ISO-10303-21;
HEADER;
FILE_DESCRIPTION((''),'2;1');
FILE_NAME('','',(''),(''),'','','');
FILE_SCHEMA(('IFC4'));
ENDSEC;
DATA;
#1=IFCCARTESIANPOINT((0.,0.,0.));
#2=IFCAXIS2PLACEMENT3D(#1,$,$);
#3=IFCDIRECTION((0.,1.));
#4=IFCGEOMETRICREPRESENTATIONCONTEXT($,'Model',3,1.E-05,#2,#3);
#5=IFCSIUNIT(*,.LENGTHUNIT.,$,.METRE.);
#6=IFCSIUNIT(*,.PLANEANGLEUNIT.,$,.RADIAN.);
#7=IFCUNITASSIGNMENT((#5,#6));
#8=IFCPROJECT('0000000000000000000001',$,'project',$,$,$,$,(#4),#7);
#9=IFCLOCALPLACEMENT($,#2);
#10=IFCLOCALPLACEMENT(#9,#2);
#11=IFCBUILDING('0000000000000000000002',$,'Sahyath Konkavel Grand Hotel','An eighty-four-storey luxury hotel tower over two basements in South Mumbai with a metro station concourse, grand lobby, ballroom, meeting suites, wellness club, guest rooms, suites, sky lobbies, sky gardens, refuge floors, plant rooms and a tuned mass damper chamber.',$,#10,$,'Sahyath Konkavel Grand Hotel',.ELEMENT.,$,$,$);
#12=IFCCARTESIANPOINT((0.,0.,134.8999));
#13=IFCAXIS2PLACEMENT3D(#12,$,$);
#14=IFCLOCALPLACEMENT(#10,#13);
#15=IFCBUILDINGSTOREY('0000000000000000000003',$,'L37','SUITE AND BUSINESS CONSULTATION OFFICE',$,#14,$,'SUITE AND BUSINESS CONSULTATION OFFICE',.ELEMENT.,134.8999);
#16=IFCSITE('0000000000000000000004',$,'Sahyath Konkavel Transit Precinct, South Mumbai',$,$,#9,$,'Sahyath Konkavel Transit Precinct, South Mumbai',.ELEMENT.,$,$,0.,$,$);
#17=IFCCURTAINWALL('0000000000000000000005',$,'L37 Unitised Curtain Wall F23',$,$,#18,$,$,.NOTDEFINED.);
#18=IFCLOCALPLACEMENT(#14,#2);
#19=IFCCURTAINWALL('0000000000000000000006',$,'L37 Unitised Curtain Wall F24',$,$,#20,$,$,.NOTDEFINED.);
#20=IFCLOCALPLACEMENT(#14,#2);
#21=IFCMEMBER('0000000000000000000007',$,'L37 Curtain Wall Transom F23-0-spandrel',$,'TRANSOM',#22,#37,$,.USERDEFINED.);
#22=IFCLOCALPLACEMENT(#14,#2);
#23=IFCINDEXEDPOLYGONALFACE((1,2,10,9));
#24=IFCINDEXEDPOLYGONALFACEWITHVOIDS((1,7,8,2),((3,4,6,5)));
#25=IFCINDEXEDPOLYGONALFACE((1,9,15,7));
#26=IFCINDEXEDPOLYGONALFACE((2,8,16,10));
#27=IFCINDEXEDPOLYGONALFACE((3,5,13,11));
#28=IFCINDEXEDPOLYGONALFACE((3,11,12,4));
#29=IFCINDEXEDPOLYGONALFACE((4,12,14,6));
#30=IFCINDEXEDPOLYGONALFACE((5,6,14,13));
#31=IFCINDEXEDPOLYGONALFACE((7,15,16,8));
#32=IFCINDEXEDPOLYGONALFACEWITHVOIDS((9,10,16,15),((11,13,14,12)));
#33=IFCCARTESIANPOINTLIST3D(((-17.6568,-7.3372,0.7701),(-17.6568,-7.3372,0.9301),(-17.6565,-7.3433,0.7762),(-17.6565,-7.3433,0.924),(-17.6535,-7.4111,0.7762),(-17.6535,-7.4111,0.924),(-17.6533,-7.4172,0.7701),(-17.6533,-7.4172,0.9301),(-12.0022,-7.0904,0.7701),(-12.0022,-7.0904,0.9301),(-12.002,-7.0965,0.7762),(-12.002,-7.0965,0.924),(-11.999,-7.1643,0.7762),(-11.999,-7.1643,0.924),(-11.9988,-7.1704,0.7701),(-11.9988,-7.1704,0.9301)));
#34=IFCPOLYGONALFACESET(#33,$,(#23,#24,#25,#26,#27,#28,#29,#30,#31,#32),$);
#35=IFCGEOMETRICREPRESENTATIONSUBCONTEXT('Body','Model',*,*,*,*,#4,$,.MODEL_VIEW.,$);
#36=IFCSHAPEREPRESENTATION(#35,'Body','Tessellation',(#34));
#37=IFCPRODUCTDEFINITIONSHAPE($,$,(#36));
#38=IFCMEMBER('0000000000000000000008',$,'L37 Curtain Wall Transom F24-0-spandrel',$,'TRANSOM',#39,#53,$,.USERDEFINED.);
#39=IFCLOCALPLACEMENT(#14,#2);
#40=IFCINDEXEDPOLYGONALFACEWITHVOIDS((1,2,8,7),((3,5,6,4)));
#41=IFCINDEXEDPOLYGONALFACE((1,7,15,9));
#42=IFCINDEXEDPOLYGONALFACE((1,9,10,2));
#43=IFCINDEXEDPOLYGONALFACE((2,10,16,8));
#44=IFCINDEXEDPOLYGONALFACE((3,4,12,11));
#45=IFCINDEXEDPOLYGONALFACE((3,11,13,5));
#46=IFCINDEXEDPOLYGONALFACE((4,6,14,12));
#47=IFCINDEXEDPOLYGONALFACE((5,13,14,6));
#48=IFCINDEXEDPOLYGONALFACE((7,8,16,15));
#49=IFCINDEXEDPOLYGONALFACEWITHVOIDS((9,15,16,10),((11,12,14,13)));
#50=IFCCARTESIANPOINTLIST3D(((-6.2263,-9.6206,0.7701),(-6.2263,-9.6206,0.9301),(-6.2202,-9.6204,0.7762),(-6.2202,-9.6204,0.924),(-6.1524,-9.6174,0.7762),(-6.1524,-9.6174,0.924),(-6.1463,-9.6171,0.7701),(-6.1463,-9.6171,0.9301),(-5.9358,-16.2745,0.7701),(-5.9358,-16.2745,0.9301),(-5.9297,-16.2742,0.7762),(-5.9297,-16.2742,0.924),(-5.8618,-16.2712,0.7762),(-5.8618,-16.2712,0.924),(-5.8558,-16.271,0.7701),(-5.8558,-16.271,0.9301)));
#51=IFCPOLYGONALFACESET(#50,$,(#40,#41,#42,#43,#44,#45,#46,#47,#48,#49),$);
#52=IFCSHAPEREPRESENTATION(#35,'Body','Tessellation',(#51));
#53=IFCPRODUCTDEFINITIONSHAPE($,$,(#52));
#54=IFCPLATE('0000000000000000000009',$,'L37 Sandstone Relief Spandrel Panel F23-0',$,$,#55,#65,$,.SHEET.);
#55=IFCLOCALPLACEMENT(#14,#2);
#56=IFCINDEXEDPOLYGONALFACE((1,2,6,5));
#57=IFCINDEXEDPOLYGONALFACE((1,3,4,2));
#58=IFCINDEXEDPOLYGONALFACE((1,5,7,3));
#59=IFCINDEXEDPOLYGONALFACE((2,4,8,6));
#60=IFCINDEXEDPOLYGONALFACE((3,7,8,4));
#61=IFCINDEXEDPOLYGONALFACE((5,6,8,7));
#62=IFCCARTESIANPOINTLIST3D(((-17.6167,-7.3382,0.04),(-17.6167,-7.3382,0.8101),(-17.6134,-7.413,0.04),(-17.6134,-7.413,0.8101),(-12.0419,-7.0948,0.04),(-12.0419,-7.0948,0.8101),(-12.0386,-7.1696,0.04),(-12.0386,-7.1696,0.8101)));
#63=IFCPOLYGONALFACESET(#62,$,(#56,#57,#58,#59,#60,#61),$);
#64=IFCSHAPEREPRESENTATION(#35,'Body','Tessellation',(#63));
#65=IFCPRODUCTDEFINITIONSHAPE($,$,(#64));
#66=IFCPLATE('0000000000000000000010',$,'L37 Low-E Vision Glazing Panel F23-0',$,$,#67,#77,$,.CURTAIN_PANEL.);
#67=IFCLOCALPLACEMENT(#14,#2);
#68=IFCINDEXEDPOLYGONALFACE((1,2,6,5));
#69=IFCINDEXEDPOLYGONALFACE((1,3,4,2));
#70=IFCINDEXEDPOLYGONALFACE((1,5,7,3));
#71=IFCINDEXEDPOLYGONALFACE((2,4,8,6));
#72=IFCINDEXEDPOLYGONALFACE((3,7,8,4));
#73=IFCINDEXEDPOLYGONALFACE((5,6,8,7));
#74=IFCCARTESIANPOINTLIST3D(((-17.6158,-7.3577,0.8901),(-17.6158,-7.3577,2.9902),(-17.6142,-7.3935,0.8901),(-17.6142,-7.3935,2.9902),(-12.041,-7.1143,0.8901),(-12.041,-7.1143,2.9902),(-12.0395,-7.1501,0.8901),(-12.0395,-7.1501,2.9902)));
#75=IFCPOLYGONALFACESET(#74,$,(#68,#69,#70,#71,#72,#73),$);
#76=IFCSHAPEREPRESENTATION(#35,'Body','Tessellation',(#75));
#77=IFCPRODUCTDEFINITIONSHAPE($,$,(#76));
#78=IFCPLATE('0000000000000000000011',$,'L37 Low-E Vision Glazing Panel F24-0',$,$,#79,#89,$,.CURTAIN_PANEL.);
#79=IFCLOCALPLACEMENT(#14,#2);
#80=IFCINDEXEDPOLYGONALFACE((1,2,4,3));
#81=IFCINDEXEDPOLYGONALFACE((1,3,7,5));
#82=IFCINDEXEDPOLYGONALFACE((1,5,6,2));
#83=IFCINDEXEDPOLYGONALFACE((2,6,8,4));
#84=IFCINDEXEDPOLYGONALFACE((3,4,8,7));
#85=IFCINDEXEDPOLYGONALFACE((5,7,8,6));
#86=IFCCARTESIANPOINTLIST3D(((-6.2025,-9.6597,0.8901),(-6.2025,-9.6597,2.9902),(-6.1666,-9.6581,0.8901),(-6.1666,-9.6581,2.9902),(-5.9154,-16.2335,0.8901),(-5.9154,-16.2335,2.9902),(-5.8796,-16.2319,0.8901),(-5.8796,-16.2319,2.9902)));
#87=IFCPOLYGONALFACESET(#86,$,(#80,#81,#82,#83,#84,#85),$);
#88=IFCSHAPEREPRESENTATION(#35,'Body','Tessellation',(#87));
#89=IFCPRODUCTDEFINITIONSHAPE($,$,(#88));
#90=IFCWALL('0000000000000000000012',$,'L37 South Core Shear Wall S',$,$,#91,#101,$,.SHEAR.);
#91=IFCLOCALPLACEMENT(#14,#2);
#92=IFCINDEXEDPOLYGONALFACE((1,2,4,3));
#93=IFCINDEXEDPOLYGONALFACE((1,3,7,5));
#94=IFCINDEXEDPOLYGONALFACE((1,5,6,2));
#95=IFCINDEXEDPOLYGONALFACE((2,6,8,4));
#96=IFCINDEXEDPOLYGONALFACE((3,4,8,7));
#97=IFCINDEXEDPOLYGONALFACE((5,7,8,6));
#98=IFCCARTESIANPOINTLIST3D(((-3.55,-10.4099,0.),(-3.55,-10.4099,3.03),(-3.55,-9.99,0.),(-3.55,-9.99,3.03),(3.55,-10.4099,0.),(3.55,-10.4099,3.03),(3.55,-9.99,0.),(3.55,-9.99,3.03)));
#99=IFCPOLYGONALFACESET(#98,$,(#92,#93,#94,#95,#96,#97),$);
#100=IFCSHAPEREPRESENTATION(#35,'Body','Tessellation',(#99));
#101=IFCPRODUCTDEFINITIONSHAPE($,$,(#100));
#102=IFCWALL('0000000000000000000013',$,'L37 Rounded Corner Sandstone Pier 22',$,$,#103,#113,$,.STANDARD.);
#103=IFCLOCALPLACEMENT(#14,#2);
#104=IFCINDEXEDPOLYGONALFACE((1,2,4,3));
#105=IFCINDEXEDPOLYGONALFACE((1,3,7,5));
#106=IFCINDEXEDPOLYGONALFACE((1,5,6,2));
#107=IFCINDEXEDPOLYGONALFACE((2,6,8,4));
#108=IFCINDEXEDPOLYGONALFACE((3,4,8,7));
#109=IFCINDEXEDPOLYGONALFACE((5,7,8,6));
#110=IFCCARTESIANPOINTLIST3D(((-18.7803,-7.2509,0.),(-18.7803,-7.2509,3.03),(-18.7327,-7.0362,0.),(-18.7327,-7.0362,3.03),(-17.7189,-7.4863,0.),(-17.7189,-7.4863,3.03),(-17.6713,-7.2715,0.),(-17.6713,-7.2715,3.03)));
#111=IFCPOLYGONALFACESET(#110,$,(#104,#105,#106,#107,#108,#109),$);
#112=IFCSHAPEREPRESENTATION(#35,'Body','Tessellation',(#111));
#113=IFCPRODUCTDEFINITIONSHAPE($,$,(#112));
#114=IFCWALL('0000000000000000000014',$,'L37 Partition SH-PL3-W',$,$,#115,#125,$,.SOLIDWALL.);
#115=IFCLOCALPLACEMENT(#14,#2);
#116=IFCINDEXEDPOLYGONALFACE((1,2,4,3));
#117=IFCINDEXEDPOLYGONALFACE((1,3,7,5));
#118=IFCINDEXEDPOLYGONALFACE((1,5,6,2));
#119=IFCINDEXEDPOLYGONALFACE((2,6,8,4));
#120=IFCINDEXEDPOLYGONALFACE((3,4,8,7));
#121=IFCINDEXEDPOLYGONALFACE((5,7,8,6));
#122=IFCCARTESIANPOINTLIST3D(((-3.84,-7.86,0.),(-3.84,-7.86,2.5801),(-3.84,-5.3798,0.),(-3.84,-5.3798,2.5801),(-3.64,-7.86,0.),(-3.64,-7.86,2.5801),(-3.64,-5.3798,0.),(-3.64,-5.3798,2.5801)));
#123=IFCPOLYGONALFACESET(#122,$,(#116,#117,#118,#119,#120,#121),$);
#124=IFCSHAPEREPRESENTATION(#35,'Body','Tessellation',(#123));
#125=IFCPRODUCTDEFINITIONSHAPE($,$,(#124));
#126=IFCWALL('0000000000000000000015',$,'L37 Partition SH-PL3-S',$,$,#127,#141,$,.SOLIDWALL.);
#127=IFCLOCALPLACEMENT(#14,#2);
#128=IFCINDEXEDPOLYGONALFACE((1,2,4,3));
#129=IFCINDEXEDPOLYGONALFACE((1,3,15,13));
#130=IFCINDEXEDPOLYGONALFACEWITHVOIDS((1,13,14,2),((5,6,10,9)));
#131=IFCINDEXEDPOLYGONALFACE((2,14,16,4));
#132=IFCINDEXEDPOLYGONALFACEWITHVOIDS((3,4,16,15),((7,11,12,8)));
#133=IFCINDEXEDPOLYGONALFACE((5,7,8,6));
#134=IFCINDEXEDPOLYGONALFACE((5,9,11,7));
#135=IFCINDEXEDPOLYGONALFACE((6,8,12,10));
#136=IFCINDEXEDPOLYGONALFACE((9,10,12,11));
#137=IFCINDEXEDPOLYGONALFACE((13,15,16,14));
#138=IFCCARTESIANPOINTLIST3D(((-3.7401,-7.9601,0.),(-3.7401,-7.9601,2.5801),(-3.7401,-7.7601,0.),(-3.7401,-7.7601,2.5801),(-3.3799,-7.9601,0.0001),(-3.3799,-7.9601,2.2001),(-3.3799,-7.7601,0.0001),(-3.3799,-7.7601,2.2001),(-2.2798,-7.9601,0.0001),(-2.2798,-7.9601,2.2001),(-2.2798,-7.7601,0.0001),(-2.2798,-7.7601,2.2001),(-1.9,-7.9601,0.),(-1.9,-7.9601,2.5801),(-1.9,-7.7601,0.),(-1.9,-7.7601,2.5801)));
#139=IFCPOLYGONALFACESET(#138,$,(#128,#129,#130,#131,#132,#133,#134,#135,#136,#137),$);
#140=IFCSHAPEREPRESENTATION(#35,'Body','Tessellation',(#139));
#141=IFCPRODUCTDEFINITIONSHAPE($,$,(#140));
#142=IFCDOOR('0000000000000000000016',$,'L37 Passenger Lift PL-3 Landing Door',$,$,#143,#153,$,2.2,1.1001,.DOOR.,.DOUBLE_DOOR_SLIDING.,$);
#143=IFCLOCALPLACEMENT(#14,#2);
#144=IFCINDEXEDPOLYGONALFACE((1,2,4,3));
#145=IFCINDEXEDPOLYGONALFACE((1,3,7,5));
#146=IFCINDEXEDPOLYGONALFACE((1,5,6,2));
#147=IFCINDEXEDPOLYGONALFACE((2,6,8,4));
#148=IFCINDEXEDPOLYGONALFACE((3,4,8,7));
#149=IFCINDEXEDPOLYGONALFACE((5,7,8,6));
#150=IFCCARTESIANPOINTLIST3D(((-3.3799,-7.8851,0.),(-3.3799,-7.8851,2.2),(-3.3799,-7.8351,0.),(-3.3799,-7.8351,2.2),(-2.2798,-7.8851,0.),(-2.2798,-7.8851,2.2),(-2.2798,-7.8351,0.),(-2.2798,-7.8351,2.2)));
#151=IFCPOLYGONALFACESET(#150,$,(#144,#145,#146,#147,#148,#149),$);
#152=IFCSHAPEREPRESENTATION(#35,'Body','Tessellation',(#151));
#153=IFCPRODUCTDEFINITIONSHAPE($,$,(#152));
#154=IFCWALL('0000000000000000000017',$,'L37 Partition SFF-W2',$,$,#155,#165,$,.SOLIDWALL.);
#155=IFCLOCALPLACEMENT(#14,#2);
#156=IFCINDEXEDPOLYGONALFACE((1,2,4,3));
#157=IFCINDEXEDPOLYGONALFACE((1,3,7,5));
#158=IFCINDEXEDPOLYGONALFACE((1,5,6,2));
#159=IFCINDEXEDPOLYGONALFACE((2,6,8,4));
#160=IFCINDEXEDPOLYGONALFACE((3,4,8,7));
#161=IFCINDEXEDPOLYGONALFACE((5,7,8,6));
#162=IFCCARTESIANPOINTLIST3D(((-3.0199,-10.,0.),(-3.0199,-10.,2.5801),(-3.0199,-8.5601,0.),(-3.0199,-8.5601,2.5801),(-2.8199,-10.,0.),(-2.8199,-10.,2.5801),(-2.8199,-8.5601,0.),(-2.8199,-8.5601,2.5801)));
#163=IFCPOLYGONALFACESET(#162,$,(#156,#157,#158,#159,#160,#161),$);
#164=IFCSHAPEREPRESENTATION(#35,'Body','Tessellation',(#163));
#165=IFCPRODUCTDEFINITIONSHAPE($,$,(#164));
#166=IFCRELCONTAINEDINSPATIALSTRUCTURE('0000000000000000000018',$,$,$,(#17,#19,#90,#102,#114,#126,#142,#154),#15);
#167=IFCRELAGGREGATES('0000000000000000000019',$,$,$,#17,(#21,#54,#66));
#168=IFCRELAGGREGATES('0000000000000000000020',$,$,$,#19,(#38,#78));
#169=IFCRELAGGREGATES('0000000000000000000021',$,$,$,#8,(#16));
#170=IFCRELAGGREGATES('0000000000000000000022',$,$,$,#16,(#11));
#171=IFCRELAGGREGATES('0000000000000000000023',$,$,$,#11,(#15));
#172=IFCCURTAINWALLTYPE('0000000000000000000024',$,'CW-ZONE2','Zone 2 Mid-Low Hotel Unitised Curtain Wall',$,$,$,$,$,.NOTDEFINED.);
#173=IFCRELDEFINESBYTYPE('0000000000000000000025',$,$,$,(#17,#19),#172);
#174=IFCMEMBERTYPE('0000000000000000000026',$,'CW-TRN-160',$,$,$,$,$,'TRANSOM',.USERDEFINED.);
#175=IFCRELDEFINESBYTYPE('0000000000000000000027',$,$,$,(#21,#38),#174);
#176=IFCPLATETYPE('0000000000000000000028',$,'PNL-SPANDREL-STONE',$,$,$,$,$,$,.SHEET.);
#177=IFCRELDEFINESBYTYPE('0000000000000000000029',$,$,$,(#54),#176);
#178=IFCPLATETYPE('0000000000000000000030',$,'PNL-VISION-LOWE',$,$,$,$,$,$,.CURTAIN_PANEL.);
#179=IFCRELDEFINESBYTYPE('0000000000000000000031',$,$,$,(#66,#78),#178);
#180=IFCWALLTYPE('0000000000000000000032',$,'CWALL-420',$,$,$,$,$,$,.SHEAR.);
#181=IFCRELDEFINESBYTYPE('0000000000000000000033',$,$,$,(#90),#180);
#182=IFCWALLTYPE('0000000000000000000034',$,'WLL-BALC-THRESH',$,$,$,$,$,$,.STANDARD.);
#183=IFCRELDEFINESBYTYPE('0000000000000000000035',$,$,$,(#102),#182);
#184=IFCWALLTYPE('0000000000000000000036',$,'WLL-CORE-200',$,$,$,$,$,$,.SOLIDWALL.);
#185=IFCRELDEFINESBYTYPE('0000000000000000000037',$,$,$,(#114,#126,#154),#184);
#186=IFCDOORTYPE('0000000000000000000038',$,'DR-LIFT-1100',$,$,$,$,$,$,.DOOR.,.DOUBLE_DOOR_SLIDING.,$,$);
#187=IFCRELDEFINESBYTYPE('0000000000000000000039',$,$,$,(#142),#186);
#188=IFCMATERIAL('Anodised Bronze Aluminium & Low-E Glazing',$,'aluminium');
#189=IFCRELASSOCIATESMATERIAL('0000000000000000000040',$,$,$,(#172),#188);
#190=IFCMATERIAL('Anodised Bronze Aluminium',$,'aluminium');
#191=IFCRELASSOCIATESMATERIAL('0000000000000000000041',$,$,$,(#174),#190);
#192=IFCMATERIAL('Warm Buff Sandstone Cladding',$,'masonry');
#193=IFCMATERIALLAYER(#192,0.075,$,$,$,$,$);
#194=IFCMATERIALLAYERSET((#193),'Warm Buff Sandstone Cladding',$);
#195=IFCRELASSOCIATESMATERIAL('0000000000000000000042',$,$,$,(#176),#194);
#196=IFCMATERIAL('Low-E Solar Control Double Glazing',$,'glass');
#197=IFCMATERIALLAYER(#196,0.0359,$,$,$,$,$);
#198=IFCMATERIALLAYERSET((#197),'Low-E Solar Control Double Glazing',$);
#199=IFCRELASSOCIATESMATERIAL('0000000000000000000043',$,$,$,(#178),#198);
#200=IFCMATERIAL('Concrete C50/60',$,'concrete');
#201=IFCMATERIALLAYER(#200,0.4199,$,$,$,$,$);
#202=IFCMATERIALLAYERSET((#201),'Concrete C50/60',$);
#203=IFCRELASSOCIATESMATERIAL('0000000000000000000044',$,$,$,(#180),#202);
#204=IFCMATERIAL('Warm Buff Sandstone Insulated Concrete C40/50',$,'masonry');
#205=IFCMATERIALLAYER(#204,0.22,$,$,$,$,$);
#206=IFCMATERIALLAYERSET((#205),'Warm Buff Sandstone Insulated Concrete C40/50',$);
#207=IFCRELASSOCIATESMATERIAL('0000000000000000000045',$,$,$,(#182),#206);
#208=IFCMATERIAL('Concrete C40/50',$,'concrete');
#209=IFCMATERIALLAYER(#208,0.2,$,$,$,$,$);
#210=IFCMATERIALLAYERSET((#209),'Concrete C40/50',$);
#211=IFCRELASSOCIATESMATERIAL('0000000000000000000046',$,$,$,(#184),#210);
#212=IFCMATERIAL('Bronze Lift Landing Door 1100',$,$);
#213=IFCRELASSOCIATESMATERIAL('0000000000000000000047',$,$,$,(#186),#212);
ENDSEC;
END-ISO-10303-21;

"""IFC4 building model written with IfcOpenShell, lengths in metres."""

from ifc_helpers import new_model, si_unit, direction, frame, frame_2d, origin, origin_2d, place, context, subcontext, project, spatial, rectangle, hollow_rectangle, extrude, source, transform, mapped, material, layer, layer_set, material_profile, profile_set, type_object, element, fill, aggregate, save


model = new_model("IFC4")

# Units and contexts
model_context = context("Model", 3, precision=1e-05, world=origin(), true_north=direction((0.0, 1.0)))
body_context = subcontext(model_context, "Body", "Model", "MODEL_VIEW")
ifc_project = project(units=[si_unit("LENGTHUNIT", "METRE"), si_unit("PLANEANGLEUNIT", "RADIAN")], contexts=[model_context])

# Site, building, storey
site_placement = place(None, origin())
site = spatial("IfcSite", under=ifc_project, at=site_placement, Name="Sahyath Konkavel Transit Precinct, South Mumbai", LongName="Sahyath Konkavel Transit Precinct, South Mumbai", CompositionType="ELEMENT", RefElevation=0.0)
building_placement = place(site_placement, origin())
building = spatial("IfcBuilding", under=site, at=building_placement, Name="Sahyath Konkavel Grand Hotel", Description="An eighty-four-storey luxury hotel tower over two basements in South Mumbai with a metro station concourse, grand lobby, ballroom, meeting suites, wellness club, guest rooms, suites, sky lobbies, sky gardens, refuge floors, plant rooms and a tuned mass damper chamber.", LongName="Sahyath Konkavel Grand Hotel", CompositionType="ELEMENT")
storey_placement = place(building_placement, frame((0.0, 0.0, 134.8999)))
storey = spatial("IfcBuildingStorey", under=building, at=storey_placement, Name="L37", Description="SUITE AND BUSINESS CONSULTATION OFFICE", LongName="SUITE AND BUSINESS CONSULTATION OFFICE", CompositionType="ELEMENT", Elevation=134.8999)

# Curtain wall
ifc_material_1 = material(Name="Anodised Bronze Aluminium & Low-E Glazing", Category="aluminium")
curtain_wall_type = type_object("IfcCurtainWallType", Name="CW-ZONE2", Description="Zone 2 Mid-Low Hotel Unitised Curtain Wall", PredefinedType="NOTDEFINED", material=ifc_material_1)
curtain_wall_1_placement = place(storey_placement, origin())
curtain_wall_1 = element("IfcCurtainWall", 1, at=curtain_wall_1_placement, inside=storey, type_object=curtain_wall_type, Name="L37 Unitised Curtain Wall F23", PredefinedType="NOTDEFINED")
ifc_material_2 = material(Name="Anodised Bronze Aluminium", Category="aluminium")

# Curtain wall
curtain_wall_2_placement = place(storey_placement, origin())
curtain_wall_2 = element("IfcCurtainWall", 2, at=curtain_wall_2_placement, inside=storey, type_object=curtain_wall_type, Name="L37 Unitised Curtain Wall F24", PredefinedType="NOTDEFINED")

# Members
ifc_material_profile_1 = material_profile(ifc_material_2, hollow_rectangle(XDim=0.0801, YDim=0.1599, WallThickness=0.0061, at=origin_2d()), Name="RHS 160x80x6")
ifc_profile_set_1 = profile_set([ifc_material_profile_1], Name="Anodised Bronze Aluminium")
member_type_1 = type_object("IfcMemberType", Name="CW-TRN-160", ElementType="TRANSOM", PredefinedType="USERDEFINED", material=ifc_profile_set_1)
shared_shape_1 = source(origin(), body_context, "Body", "SweptSolid", [
    extrude(hollow_rectangle(XDim=0.0801, YDim=0.1599, WallThickness=0.0061, at=origin_2d()), origin(), (0.0, 0.0, 1.0), 5.6599),
])
member_1_placement = place(storey_placement, frame((-17.655, -7.3772, 0.8501), z_axis=(0.999049, 0.043609, 0.0), x_axis=(-0.043609, 0.999049, 0.0)))
member_1 = element("IfcMember", 3, at=member_1_placement, type_object=member_type_1, Name="L37 Curtain Wall Transom F23-0-spandrel", ObjectType="TRANSOM", PredefinedType="USERDEFINED", context=body_context, shape_type="MappedRepresentation", body=[
    mapped(shared_shape_1, transform((0.0, 0.0, 0.0), scale=1.0)),
])
shared_shape_2 = source(origin(), body_context, "Body", "SweptSolid", [
    extrude(hollow_rectangle(XDim=0.0801, YDim=0.1599, WallThickness=0.0061, at=origin_2d()), origin(), (0.0, 0.0, 1.0), 6.6602),
])
member_2_placement = place(storey_placement, frame((-6.1863, -9.6189, 0.8501), z_axis=(0.043622, -0.999048, 0.0), x_axis=(0.999048, 0.043622, 0.0)))
member_2 = element("IfcMember", 4, at=member_2_placement, type_object=member_type_1, Name="L37 Curtain Wall Transom F24-0-spandrel", ObjectType="TRANSOM", PredefinedType="USERDEFINED", context=body_context, shape_type="MappedRepresentation", body=[
    mapped(shared_shape_2, transform((0.0, 0.0, 0.0), scale=1.0)),
])

# Plates
ifc_material_3 = material(Name="Warm Buff Sandstone Cladding", Category="masonry")
ifc_layer_1 = layer(ifc_material_3, 0.075)
ifc_layer_set_1 = layer_set([ifc_layer_1], Name="Warm Buff Sandstone Cladding")
plate_type_1 = type_object("IfcPlateType", Name="PNL-SPANDREL-STONE", PredefinedType="SHEET", material=ifc_layer_set_1)
shared_shape_3 = source(origin(), body_context, "Body", "SweptSolid", [
    extrude(rectangle(XDim=5.5801, YDim=0.075, at=origin_2d()), origin(), (0.0, 0.0, 1.0), 0.77),
])
plate_1_placement = place(storey_placement, frame((-14.8276, -7.2539, 0.04), z_axis=(0.0, 0.0, 1.0), x_axis=(0.999048, 0.043619, 0.0)))
plate_1 = element("IfcPlate", 5, at=plate_1_placement, type_object=plate_type_1, Name="L37 Sandstone Relief Spandrel Panel F23-0", PredefinedType="SHEET", context=body_context, shape_type="MappedRepresentation", body=[
    mapped(shared_shape_3, transform((0.0, 0.0, 0.0), scale=1.0)),
])
ifc_material_4 = material(Name="Low-E Solar Control Double Glazing", Category="glass")
ifc_layer_2 = layer(ifc_material_4, 0.0359)
ifc_layer_set_2 = layer_set([ifc_layer_2], Name="Low-E Solar Control Double Glazing")
plate_type_2 = type_object("IfcPlateType", Name="PNL-VISION-LOWE", PredefinedType="CURTAIN_PANEL", material=ifc_layer_set_2)
shared_shape_4 = source(origin(), body_context, "Body", "SweptSolid", [
    extrude(rectangle(XDim=5.5801, YDim=0.0359, at=origin_2d()), origin(), (0.0, 0.0, 1.0), 2.1001),
])
plate_2_placement = place(storey_placement, frame((-14.8276, -7.2539, 0.8901), z_axis=(0.0, 0.0, 1.0), x_axis=(0.999048, 0.043619, 0.0)))
plate_2 = element("IfcPlate", 6, at=plate_2_placement, type_object=plate_type_2, Name="L37 Low-E Vision Glazing Panel F23-0", PredefinedType="CURTAIN_PANEL", context=body_context, shape_type="MappedRepresentation", body=[
    mapped(shared_shape_4, transform((0.0, 0.0, 0.0), scale=1.0)),
])
aggregate(curtain_wall_1, [member_1, plate_1, plate_2])
shared_shape_5 = source(origin(), body_context, "Body", "SweptSolid", [
    extrude(rectangle(XDim=6.5801, YDim=0.0359, at=origin_2d()), origin(), (0.0, 0.0, 1.0), 2.1001),
])
plate_3_placement = place(storey_placement, frame((-6.041, -12.9458, 0.8901), z_axis=(0.0, 0.0, 1.0), x_axis=(0.043619, -0.999048, 0.0)))
plate_3 = element("IfcPlate", 7, at=plate_3_placement, type_object=plate_type_2, Name="L37 Low-E Vision Glazing Panel F24-0", PredefinedType="CURTAIN_PANEL", context=body_context, shape_type="MappedRepresentation", body=[
    mapped(shared_shape_5, transform((0.0, 0.0, 0.0), scale=1.0)),
])
aggregate(curtain_wall_2, [member_2, plate_3])

# Walls
ifc_material_5 = material(Name="Concrete C50/60", Category="concrete")
ifc_layer_3 = layer(ifc_material_5, 0.4199)
ifc_layer_set_3 = layer_set([ifc_layer_3], Name="Concrete C50/60")
wall_type_1 = type_object("IfcWallType", Name="CWALL-420", PredefinedType="SHEAR", material=ifc_layer_set_3)
wall_1_placement = place(storey_placement, frame((-3.55, -10.2, 0.0), z_axis=(0.0, 0.0, 1.0), x_axis=(1.0, 0.0, 0.0)))
element("IfcWall", 8, at=wall_1_placement, inside=storey, type_object=wall_type_1, Name="L37 South Core Shear Wall S", PredefinedType="SHEAR", context=body_context, shape_type="SweptSolid", body=[
    extrude(rectangle(XDim=7.1001, YDim=0.4199, at=frame_2d((3.55, 0.0))), origin(), (0.0, 0.0, 1.0), 3.03),
])
ifc_material_6 = material(Name="Warm Buff Sandstone Insulated Concrete C40/50", Category="masonry")
ifc_layer_4 = layer(ifc_material_6, 0.22)
ifc_layer_set_4 = layer_set([ifc_layer_4], Name="Warm Buff Sandstone Insulated Concrete C40/50")
wall_type_2 = type_object("IfcWallType", Name="WLL-BALC-THRESH", PredefinedType="STANDARD", material=ifc_layer_set_4)
wall_2_placement = place(storey_placement, frame((-18.7563, -7.1436, 0.0), z_axis=(0.0, 0.0, 1.0), x_axis=(0.976282, -0.216502, 0.0)))
element("IfcWall", 9, at=wall_2_placement, inside=storey, type_object=wall_type_2, Name="L37 Rounded Corner Sandstone Pier 22", PredefinedType="STANDARD", context=body_context, shape_type="SweptSolid", body=[
    extrude(rectangle(XDim=1.0872, YDim=0.22, at=frame_2d((0.5435, 0.0))), origin(), (0.0, 0.0, 1.0), 3.03),
])
ifc_material_7 = material(Name="Concrete C40/50", Category="concrete")
ifc_layer_5 = layer(ifc_material_7, 0.2)
ifc_layer_set_5 = layer_set([ifc_layer_5], Name="Concrete C40/50")
wall_type_3 = type_object("IfcWallType", Name="WLL-CORE-200", PredefinedType="SOLIDWALL", material=ifc_layer_set_5)
wall_3_placement = place(storey_placement, frame((-3.74, -7.8601, 0.0), z_axis=(0.0, 0.0, 1.0), x_axis=(0.0, 1.0, 0.0)))
element("IfcWall", 10, at=wall_3_placement, inside=storey, type_object=wall_type_3, Name="L37 Partition SH-PL3-W", PredefinedType="SOLIDWALL", context=body_context, shape_type="SweptSolid", body=[
    extrude(rectangle(XDim=2.4802, YDim=0.2, at=frame_2d((1.2402, 0.0))), origin(), (0.0, 0.0, 1.0), 2.5801),
])

# Wall, opening, door
wall_4_placement = place(storey_placement, frame((-3.74, -7.8601, 0.0), z_axis=(0.0, 0.0, 1.0), x_axis=(1.0, 0.0, 0.0)))
wall_4 = element("IfcWall", 11, at=wall_4_placement, inside=storey, type_object=wall_type_3, Name="L37 Partition SH-PL3-S", PredefinedType="SOLIDWALL", context=body_context, shape_type="SweptSolid", body=[
    extrude(rectangle(XDim=1.8401, YDim=0.2, at=frame_2d((0.9199, 0.0))), origin(), (0.0, 0.0, 1.0), 2.5801),
])
opening_1_placement = place(wall_4_placement, frame((0.3601, 0.0, 0.0)))
opening_1 = element("IfcOpeningElement", 12, at=opening_1_placement, cuts=wall_4, PredefinedType="OPENING", context=body_context, shape_type="SweptSolid", body=[
    extrude(rectangle(XDim=1.1001, YDim=2.2, at=frame_2d((0.55, 1.1001))), frame((0.0, 0.1099, 0.0), z_axis=(0.0, -1.0, 0.0), x_axis=(1.0, 0.0, 0.0)), (0.0, 0.0, 1.0), 0.22),
])
ifc_material_8 = material(Name="Bronze Lift Landing Door 1100")
door_type_1 = type_object("IfcDoorType", Name="DR-LIFT-1100", OperationType="DOUBLE_DOOR_SLIDING", PredefinedType="DOOR", material=ifc_material_8)
shared_shape_6 = source(origin(), body_context, "Body", "SweptSolid", [
    extrude(rectangle(XDim=1.1001, YDim=0.05, at=origin_2d()), origin(), (0.0, 0.0, 1.0), 2.2),
])
door_1_placement = place(opening_1_placement, frame((0.55, 0.0, 0.0)))
door_1 = element("IfcDoor", 13, at=door_1_placement, inside=storey, type_object=door_type_1, Name="L37 Passenger Lift PL-3 Landing Door", OperationType="DOUBLE_DOOR_SLIDING", OverallHeight=2.2, OverallWidth=1.1001, PredefinedType="DOOR", context=body_context, shape_type="MappedRepresentation", body=[
    mapped(shared_shape_6, transform((0.0, 0.0, 0.0), scale=1.0)),
])
fill(opening_1, door_1)

# Wall
wall_5_placement = place(storey_placement, frame((-2.9199, -10.0, 0.0), z_axis=(0.0, 0.0, 1.0), x_axis=(0.0, 1.0, 0.0)))
element("IfcWall", 14, at=wall_5_placement, inside=storey, type_object=wall_type_3, Name="L37 Partition SFF-W2", PredefinedType="SOLIDWALL", context=body_context, shape_type="SweptSolid", body=[
    extrude(rectangle(XDim=1.4399, YDim=0.2, at=frame_2d((0.72, 0.0))), origin(), (0.0, 0.0, 1.0), 2.5801),
])

save(model, "model.ifc")
